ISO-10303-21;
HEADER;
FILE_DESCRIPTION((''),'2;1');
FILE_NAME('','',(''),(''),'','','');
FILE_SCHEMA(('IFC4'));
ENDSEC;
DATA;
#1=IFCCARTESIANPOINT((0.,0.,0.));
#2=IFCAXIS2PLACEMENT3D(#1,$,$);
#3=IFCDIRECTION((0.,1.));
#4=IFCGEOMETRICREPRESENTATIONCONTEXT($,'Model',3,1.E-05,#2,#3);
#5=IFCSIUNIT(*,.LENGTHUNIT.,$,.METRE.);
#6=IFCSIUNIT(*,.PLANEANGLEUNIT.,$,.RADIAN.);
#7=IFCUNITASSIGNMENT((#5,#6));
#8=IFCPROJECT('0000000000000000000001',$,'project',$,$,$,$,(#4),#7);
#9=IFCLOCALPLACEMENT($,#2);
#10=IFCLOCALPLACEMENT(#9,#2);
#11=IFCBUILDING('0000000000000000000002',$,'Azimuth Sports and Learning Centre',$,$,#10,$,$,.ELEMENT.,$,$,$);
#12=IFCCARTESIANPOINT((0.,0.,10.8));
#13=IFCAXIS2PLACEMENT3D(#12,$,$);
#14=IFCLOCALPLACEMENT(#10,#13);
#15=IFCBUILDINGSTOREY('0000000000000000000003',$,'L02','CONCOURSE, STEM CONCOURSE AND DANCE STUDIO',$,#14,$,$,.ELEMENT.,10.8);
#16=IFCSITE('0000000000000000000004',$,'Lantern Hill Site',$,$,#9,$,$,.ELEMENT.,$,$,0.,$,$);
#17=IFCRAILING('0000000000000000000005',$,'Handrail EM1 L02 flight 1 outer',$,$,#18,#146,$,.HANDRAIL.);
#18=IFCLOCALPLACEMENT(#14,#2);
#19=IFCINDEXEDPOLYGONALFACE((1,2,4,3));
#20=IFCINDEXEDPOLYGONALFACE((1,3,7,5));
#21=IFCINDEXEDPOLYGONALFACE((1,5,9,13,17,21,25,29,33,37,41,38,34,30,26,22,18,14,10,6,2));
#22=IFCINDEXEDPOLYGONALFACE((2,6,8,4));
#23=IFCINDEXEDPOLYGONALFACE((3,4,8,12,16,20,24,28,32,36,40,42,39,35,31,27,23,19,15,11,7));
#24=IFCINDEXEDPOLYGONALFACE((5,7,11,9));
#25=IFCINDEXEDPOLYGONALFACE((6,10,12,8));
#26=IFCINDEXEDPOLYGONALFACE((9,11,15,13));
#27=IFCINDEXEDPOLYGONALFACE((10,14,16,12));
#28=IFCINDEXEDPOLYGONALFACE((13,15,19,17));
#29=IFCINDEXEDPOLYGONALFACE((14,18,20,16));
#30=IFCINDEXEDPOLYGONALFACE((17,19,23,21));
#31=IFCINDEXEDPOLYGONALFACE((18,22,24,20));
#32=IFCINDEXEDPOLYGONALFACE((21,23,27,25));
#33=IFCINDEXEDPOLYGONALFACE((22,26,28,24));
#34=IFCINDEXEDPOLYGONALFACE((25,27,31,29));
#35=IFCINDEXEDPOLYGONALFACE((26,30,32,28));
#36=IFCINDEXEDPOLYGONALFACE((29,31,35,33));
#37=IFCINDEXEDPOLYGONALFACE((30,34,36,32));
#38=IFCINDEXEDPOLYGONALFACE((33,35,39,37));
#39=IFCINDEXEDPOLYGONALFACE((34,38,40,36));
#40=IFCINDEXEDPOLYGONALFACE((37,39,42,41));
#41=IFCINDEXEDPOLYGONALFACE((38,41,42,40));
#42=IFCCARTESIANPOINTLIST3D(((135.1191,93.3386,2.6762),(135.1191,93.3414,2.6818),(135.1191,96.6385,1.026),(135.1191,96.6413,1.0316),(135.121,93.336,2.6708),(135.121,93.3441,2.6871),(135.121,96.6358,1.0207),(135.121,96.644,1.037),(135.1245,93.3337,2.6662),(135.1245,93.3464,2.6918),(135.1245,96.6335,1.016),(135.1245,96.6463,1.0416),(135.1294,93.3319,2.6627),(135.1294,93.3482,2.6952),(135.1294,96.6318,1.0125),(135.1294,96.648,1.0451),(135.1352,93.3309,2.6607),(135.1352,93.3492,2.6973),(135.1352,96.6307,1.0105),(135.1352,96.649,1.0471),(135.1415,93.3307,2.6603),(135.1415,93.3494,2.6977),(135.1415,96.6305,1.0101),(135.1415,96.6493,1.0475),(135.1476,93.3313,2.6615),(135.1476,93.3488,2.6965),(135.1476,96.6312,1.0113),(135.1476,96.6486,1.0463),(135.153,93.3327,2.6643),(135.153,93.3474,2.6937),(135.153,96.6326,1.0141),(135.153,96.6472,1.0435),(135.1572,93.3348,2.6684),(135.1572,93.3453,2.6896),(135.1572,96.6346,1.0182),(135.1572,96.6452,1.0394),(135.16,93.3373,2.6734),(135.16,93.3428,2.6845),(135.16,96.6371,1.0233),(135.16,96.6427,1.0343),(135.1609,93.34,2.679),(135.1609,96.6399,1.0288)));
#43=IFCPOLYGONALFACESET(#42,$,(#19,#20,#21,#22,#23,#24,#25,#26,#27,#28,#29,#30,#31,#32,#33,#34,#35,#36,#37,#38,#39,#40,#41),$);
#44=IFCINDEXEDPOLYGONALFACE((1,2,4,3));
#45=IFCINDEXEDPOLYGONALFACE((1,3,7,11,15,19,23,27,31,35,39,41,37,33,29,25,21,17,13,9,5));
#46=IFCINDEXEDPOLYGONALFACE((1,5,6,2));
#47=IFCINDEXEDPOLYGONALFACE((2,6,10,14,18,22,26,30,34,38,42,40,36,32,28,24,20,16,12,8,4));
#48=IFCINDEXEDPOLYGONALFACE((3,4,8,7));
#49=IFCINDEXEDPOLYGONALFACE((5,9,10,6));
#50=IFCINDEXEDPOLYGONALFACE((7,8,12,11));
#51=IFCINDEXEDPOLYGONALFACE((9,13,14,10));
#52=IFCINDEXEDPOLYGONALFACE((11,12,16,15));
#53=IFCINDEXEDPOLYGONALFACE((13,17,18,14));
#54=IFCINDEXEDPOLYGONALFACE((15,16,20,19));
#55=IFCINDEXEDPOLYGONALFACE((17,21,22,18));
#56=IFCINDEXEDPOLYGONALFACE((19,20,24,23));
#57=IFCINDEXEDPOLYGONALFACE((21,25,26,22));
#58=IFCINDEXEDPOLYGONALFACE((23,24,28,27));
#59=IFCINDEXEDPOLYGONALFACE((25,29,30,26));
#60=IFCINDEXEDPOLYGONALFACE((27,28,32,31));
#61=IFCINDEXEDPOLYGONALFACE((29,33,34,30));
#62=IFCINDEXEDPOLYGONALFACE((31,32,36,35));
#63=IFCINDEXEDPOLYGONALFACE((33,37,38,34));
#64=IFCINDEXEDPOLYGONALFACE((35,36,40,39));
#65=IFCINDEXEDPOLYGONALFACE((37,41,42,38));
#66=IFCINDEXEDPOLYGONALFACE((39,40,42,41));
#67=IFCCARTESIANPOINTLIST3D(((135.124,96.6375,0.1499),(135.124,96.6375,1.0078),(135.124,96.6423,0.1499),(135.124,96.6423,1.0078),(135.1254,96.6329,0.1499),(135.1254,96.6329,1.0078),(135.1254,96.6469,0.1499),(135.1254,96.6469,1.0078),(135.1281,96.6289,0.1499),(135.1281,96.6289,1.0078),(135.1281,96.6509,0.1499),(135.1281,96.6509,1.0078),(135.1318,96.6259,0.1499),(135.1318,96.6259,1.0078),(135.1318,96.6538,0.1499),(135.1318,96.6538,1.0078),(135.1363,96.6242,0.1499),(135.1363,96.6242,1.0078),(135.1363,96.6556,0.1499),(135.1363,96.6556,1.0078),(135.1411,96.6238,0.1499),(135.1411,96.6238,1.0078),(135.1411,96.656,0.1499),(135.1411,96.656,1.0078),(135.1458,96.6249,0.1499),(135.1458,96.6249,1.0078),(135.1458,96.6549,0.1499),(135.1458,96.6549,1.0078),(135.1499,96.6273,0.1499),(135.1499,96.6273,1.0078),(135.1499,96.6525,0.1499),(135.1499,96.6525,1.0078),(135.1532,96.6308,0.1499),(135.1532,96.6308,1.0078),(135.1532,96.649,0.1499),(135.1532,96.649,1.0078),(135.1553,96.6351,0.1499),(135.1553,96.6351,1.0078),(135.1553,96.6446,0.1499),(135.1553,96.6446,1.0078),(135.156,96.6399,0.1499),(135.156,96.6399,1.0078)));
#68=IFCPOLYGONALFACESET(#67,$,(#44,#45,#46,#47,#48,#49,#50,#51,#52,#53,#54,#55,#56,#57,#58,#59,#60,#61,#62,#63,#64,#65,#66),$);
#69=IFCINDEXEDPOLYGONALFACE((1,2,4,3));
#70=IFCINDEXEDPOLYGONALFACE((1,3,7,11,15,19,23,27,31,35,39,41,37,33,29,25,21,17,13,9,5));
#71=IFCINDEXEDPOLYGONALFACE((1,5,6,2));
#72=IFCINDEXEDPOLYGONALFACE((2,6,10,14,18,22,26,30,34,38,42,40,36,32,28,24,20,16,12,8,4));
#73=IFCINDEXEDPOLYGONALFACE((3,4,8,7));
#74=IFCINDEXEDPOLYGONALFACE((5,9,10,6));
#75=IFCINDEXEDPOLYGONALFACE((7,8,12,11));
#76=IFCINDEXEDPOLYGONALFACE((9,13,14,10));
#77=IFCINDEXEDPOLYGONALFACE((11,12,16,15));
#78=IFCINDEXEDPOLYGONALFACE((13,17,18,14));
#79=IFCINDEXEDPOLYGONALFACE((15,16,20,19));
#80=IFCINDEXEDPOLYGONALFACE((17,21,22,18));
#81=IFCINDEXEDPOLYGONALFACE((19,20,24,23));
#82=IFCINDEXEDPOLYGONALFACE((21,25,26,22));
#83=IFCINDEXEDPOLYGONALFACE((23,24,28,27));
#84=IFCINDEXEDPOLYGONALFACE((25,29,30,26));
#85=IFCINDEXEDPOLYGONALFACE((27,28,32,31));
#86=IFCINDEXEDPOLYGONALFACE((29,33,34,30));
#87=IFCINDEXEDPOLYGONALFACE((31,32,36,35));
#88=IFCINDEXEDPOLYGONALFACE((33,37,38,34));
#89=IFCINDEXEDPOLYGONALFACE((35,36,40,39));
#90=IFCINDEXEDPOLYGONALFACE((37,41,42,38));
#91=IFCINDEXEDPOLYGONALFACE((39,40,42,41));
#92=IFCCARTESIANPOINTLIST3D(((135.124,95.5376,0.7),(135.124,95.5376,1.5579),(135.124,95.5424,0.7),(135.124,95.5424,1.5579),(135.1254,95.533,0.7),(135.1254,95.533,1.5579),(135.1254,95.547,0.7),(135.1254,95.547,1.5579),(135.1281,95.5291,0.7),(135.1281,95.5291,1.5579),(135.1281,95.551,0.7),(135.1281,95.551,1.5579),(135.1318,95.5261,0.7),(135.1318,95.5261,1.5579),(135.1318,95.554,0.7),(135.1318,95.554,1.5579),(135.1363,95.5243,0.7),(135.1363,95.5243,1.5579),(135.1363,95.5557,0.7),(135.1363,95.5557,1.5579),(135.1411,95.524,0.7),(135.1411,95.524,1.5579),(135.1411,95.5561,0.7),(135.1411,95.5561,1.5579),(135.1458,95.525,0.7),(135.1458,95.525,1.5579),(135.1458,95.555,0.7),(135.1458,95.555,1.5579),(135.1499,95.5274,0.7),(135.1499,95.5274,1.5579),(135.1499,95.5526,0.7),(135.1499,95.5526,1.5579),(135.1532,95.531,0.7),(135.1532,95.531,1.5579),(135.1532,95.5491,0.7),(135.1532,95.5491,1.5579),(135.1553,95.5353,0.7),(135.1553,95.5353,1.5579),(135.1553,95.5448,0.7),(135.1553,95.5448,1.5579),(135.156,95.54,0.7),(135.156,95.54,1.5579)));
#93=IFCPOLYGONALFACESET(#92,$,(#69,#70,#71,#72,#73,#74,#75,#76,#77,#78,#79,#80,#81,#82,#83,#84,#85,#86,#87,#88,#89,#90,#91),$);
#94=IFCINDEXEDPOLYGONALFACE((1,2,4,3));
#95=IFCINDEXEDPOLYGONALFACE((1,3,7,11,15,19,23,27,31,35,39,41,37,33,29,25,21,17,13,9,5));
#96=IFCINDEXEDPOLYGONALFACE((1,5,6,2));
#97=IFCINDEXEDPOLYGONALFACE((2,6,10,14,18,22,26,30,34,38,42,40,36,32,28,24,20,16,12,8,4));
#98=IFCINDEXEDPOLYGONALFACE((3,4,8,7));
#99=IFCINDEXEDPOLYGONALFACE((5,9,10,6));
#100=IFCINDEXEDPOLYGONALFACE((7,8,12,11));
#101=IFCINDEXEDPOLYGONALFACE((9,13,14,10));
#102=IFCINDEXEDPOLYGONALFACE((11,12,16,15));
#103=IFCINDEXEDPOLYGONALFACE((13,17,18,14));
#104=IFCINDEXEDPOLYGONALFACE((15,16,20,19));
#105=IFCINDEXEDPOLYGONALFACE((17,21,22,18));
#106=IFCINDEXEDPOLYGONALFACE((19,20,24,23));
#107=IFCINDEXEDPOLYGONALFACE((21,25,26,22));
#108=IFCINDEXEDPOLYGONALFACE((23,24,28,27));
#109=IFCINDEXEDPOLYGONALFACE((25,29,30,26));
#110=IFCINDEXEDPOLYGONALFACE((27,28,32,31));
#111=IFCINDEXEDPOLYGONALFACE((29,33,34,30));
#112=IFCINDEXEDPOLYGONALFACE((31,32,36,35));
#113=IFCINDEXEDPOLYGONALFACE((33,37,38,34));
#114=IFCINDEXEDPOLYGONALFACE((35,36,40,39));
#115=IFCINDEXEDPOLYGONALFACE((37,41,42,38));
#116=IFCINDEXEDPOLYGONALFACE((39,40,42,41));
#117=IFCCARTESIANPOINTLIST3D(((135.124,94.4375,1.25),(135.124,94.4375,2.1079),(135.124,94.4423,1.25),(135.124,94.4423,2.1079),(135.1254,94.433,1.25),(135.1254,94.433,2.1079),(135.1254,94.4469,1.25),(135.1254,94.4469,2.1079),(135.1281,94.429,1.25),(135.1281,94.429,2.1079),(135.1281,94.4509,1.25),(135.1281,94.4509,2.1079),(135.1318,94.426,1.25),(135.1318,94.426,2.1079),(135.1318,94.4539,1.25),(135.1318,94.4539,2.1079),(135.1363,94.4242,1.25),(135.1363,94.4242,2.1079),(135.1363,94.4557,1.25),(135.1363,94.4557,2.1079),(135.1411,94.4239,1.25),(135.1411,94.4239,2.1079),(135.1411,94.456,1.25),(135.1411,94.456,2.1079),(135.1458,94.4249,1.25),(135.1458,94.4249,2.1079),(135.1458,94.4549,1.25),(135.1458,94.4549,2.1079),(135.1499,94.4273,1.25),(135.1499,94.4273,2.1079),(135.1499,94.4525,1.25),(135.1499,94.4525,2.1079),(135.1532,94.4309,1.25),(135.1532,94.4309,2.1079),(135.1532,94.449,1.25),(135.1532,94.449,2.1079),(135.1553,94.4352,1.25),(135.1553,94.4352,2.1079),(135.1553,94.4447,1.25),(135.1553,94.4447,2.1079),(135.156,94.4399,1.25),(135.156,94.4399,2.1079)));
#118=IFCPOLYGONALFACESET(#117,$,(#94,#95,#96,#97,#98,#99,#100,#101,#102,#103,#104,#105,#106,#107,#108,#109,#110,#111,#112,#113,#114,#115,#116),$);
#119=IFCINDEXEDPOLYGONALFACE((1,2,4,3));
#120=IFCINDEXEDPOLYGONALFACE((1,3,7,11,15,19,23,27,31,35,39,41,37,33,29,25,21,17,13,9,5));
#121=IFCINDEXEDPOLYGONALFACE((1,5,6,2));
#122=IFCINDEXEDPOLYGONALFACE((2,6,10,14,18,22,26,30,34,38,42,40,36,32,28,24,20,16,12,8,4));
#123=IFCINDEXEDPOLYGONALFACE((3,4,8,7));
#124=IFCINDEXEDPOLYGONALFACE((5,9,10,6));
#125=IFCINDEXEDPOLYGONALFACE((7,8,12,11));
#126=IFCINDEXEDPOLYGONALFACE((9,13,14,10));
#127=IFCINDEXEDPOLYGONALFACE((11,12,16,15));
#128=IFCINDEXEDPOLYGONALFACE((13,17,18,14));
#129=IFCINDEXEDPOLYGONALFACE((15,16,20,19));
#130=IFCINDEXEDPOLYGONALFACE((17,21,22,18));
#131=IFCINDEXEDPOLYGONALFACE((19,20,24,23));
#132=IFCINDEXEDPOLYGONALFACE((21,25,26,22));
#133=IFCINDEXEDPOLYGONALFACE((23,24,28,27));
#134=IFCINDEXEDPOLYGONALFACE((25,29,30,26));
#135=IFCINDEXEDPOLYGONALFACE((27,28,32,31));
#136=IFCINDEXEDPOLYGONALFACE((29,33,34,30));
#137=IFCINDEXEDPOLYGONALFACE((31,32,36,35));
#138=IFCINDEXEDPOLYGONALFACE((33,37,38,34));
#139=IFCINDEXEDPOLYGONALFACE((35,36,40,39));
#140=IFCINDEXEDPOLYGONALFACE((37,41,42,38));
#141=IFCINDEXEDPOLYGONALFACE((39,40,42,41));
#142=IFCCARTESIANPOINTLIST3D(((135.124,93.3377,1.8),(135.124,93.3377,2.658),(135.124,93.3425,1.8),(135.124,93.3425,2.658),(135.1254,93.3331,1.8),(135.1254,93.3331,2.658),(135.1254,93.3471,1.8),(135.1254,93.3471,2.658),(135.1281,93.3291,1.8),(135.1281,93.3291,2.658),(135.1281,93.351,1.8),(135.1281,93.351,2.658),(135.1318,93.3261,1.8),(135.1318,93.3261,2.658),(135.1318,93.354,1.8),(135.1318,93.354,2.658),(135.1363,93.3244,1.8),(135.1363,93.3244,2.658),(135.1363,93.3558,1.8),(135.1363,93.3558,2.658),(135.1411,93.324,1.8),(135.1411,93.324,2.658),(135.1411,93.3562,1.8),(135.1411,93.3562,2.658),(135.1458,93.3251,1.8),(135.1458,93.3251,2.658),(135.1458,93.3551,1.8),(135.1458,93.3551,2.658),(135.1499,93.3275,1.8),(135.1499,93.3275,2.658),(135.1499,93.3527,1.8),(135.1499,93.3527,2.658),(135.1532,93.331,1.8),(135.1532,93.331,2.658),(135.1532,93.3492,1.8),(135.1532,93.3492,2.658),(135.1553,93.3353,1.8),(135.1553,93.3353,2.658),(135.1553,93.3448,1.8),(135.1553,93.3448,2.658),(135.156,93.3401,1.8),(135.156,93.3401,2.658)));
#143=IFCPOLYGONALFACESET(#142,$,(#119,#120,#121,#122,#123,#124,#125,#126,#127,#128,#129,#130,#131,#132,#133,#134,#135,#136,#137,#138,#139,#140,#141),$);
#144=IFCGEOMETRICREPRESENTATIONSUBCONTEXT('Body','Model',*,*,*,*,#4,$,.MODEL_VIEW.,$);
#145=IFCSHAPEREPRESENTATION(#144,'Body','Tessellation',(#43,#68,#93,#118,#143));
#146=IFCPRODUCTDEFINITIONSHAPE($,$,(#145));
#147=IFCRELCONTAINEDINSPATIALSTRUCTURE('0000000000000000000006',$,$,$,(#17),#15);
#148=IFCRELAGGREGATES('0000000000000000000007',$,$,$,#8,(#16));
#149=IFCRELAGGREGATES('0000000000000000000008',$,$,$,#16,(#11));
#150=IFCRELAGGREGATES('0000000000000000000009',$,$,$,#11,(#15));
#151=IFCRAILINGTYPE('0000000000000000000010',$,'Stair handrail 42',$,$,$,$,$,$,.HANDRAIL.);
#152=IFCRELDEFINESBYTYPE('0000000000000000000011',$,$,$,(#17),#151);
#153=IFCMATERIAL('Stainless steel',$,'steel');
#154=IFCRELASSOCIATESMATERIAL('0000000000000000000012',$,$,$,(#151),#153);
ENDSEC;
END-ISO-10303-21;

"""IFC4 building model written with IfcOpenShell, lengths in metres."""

from ifc_helpers import new_model, si_unit, direction, frame, origin, origin_2d, place, context, subcontext, project, spatial, circle, extrude, material, type_object, element, save


model = new_model("IFC4")

# Units and contexts
model_context = context("Model", 3, precision=1e-05, world=origin(), true_north=direction((0.0, 1.0)))
body_context = subcontext(model_context, "Body", "Model", "MODEL_VIEW")
ifc_project = project(units=[si_unit("LENGTHUNIT", "METRE"), si_unit("PLANEANGLEUNIT", "RADIAN")], contexts=[model_context])

# Site, building, storey
site_placement = place(None, origin())
site = spatial("IfcSite", under=ifc_project, at=site_placement, Name="Lantern Hill Site", CompositionType="ELEMENT", RefElevation=0.0)
building_placement = place(site_placement, origin())
building = spatial("IfcBuilding", under=site, at=building_placement, Name="Azimuth Sports and Learning Centre", CompositionType="ELEMENT")
storey_placement = place(building_placement, frame((0.0, 0.0, 10.8)))
storey = spatial("IfcBuildingStorey", under=building, at=storey_placement, Name="L02", Description="CONCOURSE, STEM CONCOURSE AND DANCE STUDIO", CompositionType="ELEMENT", Elevation=10.8)

# Railing
ifc_material_1 = material(Name="Stainless steel", Category="steel")
railing_type = type_object("IfcRailingType", Name="Stair handrail 42", PredefinedType="HANDRAIL", material=ifc_material_1)
for number, where, name in (
    (1, (135.1399, 96.6399, 0.1499), "Handrail EM1 L02 flight 1 outer"),
):
    element("IfcRailing", number, at=place(storey_placement, frame(where)), inside=storey, type_object=railing_type, Name=name, PredefinedType="HANDRAIL", context=body_context, shape_type="SweptSolid", body=[
        extrude(circle(Radius=0.021, at=origin_2d()), frame((0.0, 0.0, 0.8789), z_axis=(0.0, -0.894401, 0.447267), x_axis=(1.0, 0.0, 0.0)), (0.0, 0.0, 1.0), 3.6895),
        extrude(circle(Radius=0.0161, at=origin_2d()), origin(), (0.0, 0.0, 1.0), 0.8579),
        extrude(circle(Radius=0.0161, at=origin_2d()), frame((0.0, -1.0999, 0.55)), (0.0, 0.0, 1.0), 0.8579),
        extrude(circle(Radius=0.0161, at=origin_2d()), frame((0.0, -2.2, 1.1001)), (0.0, 0.0, 1.0), 0.8579),
        extrude(circle(Radius=0.0161, at=origin_2d()), frame((0.0, -3.2998, 1.6501)), (0.0, 0.0, 1.0), 0.8579),
    ])

save(model, "model.ifc")
